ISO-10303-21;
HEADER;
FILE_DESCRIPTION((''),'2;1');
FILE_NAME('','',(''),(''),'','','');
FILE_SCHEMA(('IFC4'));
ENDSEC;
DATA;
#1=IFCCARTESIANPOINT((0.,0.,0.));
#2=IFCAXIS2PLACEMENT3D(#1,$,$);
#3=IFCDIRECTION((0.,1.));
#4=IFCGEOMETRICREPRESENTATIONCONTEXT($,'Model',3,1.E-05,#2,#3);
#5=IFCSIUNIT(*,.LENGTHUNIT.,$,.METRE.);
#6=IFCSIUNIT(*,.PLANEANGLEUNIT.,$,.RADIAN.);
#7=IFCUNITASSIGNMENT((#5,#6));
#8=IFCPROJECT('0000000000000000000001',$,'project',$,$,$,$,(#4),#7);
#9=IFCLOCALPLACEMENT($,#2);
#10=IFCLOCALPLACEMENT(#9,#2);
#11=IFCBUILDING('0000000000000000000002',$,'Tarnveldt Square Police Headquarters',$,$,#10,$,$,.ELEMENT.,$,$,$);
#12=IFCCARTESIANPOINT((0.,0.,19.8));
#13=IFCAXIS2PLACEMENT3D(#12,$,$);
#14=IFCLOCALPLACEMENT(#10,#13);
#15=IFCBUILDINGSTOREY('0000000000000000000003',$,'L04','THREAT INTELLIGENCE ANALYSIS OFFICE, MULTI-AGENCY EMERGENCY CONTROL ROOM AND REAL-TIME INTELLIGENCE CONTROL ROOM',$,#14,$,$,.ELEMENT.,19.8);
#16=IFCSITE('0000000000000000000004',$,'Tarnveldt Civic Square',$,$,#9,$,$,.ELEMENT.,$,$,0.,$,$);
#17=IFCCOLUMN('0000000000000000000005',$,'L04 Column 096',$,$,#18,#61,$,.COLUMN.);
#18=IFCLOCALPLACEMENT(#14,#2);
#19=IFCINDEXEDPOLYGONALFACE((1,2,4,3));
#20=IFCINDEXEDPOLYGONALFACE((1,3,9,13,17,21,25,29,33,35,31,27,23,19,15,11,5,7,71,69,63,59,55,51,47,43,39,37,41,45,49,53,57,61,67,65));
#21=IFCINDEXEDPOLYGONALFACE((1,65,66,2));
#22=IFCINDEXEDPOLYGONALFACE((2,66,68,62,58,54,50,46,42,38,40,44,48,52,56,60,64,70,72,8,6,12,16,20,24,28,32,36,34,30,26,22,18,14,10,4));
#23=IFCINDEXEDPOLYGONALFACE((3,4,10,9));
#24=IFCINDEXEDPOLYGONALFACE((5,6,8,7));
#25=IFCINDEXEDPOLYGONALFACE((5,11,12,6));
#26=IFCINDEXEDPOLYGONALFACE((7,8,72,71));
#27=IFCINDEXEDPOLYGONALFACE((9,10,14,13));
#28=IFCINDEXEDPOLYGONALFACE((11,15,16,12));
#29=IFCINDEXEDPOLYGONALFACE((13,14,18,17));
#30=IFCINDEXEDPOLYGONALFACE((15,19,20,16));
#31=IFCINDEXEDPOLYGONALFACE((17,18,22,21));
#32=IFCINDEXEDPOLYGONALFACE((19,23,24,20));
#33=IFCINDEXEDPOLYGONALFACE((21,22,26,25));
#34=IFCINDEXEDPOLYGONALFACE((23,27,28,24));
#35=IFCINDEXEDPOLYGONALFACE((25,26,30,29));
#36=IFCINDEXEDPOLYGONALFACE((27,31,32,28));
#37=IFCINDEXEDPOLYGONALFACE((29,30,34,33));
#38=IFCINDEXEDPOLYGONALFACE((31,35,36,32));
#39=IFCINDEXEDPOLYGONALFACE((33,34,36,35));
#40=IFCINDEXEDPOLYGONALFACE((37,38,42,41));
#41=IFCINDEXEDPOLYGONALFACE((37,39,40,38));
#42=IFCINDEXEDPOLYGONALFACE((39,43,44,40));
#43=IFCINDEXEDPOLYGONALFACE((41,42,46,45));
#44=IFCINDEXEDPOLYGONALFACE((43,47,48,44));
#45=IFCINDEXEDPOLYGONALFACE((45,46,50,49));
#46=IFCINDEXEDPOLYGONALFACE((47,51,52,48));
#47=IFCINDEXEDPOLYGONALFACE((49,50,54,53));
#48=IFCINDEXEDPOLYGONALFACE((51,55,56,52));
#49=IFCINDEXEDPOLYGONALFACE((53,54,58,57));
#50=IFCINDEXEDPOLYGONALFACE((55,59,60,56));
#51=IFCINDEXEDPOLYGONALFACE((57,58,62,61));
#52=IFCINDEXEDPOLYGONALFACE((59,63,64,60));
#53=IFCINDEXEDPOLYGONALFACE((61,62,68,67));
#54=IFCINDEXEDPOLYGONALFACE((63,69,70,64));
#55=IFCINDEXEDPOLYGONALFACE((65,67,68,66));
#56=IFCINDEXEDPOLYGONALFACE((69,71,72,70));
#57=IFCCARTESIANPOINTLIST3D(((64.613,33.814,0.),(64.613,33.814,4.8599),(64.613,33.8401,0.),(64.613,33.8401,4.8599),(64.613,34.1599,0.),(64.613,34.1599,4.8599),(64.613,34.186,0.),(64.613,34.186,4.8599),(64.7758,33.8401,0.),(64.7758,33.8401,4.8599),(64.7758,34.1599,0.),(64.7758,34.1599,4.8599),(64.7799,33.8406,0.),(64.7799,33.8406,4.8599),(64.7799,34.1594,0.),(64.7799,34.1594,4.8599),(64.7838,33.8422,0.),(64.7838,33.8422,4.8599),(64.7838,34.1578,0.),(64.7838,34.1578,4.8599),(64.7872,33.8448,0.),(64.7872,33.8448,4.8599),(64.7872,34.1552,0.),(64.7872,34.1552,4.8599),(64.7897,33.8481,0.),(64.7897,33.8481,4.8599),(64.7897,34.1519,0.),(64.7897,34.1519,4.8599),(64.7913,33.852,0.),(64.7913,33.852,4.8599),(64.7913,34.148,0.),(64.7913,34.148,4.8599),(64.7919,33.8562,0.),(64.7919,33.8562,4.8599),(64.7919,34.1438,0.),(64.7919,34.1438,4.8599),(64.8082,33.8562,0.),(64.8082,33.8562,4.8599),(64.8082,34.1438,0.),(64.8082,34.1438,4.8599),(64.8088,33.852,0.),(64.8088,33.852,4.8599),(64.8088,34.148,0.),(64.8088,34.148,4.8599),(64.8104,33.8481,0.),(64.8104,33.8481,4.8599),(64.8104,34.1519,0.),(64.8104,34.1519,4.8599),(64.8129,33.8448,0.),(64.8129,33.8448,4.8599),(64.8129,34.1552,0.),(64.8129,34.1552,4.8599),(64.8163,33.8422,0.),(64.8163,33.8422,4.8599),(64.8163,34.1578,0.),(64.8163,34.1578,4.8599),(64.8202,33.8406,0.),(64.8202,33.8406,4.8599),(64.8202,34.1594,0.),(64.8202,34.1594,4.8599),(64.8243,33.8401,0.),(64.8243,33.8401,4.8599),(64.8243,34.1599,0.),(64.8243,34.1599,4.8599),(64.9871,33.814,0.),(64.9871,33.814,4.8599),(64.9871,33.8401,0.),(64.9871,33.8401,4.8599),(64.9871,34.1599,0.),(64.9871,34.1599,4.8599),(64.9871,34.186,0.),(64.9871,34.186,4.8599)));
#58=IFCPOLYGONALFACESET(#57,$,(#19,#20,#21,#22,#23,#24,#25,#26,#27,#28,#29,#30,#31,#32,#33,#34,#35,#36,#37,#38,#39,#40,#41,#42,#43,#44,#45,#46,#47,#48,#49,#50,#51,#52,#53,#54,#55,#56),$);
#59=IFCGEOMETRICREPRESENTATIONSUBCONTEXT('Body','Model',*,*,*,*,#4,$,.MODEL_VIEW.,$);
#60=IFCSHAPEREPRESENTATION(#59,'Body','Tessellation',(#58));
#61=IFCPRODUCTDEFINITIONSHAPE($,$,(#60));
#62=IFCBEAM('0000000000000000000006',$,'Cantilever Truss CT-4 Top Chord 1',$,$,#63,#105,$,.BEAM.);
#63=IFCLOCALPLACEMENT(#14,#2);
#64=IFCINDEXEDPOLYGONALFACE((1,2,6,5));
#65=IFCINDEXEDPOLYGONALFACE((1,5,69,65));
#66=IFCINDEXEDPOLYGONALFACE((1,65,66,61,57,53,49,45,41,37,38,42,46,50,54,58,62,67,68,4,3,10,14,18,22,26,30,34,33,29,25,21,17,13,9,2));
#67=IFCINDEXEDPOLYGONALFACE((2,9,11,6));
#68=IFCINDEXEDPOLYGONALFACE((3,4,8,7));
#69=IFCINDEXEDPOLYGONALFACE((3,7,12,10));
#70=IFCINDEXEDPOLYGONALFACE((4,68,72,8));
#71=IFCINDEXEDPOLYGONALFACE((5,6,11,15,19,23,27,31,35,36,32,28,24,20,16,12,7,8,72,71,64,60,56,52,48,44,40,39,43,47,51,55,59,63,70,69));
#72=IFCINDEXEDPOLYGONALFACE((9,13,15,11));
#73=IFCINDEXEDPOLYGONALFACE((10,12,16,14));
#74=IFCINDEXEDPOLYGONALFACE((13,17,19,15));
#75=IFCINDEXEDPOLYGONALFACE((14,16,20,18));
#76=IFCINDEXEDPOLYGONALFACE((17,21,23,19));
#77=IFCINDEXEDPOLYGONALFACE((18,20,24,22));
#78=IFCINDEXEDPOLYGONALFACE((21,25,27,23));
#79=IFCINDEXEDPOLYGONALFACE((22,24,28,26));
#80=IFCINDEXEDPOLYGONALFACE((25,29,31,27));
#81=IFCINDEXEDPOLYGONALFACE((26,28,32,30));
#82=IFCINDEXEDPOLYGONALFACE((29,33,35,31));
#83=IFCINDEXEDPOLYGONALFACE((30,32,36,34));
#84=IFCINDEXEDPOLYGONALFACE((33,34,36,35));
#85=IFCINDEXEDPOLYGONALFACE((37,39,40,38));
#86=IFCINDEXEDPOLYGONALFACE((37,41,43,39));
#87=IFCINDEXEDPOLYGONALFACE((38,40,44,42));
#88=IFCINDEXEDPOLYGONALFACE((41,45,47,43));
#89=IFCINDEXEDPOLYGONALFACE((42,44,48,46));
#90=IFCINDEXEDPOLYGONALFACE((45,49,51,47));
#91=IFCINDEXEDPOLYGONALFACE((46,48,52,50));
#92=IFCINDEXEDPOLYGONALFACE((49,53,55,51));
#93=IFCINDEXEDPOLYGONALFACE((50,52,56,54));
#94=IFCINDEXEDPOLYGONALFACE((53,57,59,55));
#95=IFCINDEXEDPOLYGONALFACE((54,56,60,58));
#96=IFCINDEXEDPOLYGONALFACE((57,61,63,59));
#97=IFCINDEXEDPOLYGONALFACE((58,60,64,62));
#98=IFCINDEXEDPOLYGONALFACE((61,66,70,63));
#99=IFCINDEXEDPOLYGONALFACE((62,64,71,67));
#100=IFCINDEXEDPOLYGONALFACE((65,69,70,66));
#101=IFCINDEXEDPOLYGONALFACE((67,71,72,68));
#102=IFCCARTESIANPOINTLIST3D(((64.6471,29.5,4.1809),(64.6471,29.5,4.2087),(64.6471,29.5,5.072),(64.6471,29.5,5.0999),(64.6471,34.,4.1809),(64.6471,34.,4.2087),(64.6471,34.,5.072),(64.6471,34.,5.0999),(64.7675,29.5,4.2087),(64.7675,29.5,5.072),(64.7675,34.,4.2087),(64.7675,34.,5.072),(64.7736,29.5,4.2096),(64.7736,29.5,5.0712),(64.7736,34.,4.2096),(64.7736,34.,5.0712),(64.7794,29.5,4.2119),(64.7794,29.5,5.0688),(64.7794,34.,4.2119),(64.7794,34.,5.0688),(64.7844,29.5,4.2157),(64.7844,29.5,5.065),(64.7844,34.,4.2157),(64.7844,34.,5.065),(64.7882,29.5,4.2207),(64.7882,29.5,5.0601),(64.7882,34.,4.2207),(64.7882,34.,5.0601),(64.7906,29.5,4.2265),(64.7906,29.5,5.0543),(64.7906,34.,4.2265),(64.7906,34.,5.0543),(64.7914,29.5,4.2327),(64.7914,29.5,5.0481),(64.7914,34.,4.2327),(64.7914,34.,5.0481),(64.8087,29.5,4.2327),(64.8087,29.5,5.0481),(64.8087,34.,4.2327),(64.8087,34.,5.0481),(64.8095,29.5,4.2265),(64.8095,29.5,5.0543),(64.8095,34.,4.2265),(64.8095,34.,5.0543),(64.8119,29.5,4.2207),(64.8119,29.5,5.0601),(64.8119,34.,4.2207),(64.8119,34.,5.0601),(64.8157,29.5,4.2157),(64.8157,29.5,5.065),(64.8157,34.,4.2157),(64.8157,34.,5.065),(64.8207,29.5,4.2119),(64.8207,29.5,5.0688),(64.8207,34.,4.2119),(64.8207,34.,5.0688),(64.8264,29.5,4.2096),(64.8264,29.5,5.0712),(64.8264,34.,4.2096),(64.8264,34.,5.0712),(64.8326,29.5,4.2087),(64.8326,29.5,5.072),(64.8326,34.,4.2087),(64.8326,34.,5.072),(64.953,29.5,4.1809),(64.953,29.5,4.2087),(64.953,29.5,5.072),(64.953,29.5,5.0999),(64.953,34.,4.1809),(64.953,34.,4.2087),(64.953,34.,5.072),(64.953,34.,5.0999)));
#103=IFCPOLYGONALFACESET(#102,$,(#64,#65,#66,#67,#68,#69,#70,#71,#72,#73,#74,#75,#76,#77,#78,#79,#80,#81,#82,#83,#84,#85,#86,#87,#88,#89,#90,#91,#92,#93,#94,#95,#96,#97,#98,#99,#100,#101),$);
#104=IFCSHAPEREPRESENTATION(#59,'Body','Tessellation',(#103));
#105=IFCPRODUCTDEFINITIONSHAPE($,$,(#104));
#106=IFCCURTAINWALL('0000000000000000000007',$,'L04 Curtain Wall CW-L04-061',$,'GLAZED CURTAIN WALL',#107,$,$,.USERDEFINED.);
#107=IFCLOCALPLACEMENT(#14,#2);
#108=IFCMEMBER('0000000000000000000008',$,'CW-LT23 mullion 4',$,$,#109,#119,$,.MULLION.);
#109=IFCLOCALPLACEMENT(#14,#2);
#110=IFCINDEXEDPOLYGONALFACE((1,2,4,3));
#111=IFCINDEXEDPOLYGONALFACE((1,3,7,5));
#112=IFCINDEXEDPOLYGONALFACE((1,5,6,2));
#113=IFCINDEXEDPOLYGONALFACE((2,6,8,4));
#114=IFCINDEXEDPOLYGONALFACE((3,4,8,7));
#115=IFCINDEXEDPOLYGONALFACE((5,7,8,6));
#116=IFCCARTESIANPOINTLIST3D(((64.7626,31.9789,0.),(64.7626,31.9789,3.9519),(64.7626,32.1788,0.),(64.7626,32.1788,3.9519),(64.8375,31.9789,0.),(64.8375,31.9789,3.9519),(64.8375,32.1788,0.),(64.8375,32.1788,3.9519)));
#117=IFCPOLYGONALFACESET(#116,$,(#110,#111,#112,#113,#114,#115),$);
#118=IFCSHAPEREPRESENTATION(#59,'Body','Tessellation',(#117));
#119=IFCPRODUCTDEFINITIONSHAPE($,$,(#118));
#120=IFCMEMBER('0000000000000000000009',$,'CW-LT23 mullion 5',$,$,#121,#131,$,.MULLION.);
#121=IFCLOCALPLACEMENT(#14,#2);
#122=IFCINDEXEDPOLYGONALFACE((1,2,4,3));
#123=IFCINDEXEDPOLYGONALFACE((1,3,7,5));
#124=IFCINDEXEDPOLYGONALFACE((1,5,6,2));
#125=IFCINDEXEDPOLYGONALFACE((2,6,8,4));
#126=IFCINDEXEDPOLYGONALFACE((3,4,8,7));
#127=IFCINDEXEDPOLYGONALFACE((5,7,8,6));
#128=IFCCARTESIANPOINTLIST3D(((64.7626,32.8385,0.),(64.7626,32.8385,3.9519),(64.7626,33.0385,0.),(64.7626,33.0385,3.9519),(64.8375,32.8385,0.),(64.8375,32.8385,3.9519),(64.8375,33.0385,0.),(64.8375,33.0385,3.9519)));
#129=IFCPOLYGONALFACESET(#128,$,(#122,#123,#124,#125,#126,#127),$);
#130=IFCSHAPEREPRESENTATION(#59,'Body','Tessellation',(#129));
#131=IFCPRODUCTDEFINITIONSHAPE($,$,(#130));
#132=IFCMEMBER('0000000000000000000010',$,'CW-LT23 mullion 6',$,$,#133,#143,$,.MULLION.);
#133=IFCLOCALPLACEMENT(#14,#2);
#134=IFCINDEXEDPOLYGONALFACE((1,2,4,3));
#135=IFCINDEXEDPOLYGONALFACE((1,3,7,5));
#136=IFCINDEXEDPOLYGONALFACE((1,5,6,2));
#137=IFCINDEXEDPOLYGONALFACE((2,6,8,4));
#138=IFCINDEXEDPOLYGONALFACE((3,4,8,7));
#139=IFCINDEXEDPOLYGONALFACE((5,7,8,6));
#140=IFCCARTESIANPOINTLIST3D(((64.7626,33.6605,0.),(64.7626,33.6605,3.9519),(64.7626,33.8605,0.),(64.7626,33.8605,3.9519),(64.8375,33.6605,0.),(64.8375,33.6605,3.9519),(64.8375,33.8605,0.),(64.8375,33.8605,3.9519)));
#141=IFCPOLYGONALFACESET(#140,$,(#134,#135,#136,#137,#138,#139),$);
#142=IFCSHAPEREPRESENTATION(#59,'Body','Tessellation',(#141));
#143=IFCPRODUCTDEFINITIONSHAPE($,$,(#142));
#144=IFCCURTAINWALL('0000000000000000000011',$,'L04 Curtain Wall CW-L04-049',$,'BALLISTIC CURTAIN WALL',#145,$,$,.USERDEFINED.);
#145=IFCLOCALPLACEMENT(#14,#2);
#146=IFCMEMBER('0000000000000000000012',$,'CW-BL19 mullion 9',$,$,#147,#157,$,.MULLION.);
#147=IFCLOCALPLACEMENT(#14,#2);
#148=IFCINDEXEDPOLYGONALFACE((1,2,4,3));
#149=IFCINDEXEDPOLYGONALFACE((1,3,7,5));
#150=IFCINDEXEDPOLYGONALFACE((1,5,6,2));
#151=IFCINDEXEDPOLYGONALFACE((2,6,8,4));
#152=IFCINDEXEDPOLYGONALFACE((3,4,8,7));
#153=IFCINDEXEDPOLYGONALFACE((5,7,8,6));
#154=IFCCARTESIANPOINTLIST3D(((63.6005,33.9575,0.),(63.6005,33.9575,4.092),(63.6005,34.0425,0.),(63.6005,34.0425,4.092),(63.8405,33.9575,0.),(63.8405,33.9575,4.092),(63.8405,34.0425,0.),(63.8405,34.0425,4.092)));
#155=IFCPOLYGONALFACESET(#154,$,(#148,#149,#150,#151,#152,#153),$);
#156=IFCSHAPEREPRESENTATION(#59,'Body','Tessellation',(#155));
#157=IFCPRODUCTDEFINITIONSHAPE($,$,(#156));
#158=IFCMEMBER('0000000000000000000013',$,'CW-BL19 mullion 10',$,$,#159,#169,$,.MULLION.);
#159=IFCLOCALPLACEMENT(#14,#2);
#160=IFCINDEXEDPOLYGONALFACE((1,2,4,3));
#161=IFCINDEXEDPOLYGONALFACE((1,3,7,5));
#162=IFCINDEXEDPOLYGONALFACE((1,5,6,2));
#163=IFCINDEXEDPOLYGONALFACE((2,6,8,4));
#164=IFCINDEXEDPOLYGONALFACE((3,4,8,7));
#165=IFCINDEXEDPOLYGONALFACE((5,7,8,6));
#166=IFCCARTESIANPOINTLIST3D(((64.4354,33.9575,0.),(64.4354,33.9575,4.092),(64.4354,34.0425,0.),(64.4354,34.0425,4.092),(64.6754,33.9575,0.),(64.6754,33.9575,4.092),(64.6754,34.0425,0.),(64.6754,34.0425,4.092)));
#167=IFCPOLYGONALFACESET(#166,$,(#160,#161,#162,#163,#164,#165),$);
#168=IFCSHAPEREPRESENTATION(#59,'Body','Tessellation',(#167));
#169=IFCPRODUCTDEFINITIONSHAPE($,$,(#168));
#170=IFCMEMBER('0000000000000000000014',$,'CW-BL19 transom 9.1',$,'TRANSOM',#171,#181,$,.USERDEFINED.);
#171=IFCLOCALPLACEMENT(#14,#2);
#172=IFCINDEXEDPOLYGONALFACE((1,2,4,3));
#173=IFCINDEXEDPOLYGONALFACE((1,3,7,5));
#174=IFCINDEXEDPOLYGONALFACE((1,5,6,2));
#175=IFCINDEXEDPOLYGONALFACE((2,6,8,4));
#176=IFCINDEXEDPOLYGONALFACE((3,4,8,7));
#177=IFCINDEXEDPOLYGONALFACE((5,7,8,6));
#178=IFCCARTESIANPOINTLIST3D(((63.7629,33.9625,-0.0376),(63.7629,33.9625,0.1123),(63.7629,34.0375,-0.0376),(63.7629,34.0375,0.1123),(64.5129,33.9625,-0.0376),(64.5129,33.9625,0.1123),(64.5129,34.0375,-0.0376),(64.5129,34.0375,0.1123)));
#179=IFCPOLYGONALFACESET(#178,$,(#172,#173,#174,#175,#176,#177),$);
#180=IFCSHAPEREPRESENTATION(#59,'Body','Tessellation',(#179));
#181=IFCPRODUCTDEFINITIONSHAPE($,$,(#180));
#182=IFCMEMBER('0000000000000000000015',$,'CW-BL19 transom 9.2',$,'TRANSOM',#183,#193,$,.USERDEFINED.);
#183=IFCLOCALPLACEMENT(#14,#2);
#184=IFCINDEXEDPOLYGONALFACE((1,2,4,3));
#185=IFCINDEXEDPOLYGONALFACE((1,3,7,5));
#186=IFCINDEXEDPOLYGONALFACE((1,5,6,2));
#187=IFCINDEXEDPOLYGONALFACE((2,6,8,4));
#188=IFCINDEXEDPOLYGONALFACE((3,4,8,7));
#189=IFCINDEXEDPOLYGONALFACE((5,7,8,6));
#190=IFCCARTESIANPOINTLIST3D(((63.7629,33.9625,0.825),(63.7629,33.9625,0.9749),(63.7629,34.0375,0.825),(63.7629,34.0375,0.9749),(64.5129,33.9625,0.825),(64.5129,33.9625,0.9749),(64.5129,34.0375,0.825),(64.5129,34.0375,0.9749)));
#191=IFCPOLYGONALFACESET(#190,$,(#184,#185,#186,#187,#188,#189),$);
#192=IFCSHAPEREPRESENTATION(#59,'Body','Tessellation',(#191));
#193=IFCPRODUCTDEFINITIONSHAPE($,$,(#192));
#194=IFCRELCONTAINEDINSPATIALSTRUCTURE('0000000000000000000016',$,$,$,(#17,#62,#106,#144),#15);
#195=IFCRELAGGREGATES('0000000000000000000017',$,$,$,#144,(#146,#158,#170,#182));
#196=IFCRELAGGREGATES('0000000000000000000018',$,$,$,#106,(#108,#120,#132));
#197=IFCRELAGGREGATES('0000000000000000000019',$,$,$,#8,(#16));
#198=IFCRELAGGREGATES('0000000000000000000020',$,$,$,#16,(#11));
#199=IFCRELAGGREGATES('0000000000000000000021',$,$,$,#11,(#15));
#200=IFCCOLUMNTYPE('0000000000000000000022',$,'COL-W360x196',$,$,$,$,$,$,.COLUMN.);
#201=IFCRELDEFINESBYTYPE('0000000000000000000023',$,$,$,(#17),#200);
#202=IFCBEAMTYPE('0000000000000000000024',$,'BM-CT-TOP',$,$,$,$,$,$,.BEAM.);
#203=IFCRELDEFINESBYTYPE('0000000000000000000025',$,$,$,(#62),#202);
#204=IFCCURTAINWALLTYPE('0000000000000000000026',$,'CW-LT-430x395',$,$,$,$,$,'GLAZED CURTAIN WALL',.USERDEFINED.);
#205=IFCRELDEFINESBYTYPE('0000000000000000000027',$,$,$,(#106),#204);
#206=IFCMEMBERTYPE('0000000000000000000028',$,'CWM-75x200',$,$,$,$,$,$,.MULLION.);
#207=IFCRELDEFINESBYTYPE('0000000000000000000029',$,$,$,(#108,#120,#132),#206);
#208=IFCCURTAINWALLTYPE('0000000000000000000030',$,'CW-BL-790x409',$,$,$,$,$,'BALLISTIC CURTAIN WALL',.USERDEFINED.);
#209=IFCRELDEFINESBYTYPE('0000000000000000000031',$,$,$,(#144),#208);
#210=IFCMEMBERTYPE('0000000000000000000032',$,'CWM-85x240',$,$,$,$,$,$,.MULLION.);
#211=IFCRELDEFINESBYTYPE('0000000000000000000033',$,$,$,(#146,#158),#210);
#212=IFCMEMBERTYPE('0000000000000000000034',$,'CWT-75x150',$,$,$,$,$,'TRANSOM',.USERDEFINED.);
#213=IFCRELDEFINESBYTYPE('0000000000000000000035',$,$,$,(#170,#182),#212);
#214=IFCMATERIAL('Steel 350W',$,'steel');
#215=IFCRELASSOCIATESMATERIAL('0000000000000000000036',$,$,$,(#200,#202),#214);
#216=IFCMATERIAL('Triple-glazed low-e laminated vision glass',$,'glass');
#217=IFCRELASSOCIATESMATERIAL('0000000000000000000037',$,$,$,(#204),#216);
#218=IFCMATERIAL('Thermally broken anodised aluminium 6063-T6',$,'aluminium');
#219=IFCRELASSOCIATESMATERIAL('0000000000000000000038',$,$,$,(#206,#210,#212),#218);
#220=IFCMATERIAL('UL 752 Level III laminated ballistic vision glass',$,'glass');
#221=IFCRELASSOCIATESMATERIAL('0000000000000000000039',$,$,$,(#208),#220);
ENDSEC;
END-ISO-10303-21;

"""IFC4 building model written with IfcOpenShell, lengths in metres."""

from ifc_helpers import new_model, si_unit, direction, frame, origin, origin_2d, place, context, subcontext, project, spatial, rectangle, i_section, extrude, material, material_profile, profile_set, type_object, element, aggregate, save


model = new_model("IFC4")

# Units and contexts
model_context = context("Model", 3, precision=1e-05, world=origin(), true_north=direction((0.0, 1.0)))
body_context = subcontext(model_context, "Body", "Model", "MODEL_VIEW")
ifc_project = project(units=[si_unit("LENGTHUNIT", "METRE"), si_unit("PLANEANGLEUNIT", "RADIAN")], contexts=[model_context])

# Site, building, storey
site_placement = place(None, origin())
site = spatial("IfcSite", under=ifc_project, at=site_placement, Name="Tarnveldt Civic Square", CompositionType="ELEMENT", RefElevation=0.0)
building_placement = place(site_placement, origin())
building = spatial("IfcBuilding", under=site, at=building_placement, Name="Tarnveldt Square Police Headquarters", CompositionType="ELEMENT")
storey_placement = place(building_placement, frame((0.0, 0.0, 19.8)))
storey = spatial("IfcBuildingStorey", under=building, at=storey_placement, Name="L04", Description="THREAT INTELLIGENCE ANALYSIS OFFICE, MULTI-AGENCY EMERGENCY CONTROL ROOM AND REAL-TIME INTELLIGENCE CONTROL ROOM", CompositionType="ELEMENT", Elevation=19.8)

# Column
ifc_material_1 = material(Name="Steel 350W", Category="steel")
ifc_material_profile_1 = material_profile(ifc_material_1, i_section(OverallWidth=0.374, OverallDepth=0.3721, WebThickness=0.0164, FlangeThickness=0.0261, FilletRadius=0.0161, at=origin_2d()), Name="W360x196")
ifc_profile_set_1 = profile_set([ifc_material_profile_1], Name="Steel 350W")
column_type = type_object("IfcColumnType", Name="COL-W360x196", PredefinedType="COLUMN", material=ifc_profile_set_1)
column_placement = place(storey_placement, frame((64.8, 34.0, 0.0), z_axis=(0.0, 0.0, 1.0), x_axis=(1.0, 0.0, 0.0)))
element("IfcColumn", 1, at=column_placement, inside=storey, type_object=column_type, Name="L04 Column 096", PredefinedType="COLUMN", context=body_context, shape_type="SweptSolid", body=[
    extrude(i_section(OverallWidth=0.374, OverallDepth=0.3721, WebThickness=0.0164, FlangeThickness=0.0261, FilletRadius=0.0161, at=origin_2d()), origin(), (0.0, 0.0, 1.0), 4.8599),
])

# Beam
ifc_material_profile_2 = material_profile(ifc_material_1, i_section(OverallWidth=0.3059, OverallDepth=0.9189, WebThickness=0.0173, FlangeThickness=0.0278, FilletRadius=0.0239, at=origin_2d()), Name="W920x253")
ifc_profile_set_2 = profile_set([ifc_material_profile_2], Name="Steel 350W")
beam_type = type_object("IfcBeamType", Name="BM-CT-TOP", PredefinedType="BEAM", material=ifc_profile_set_2)
beam_placement = place(storey_placement, frame((64.8, 34.0, 4.6404), z_axis=(0.0, -1.0, 0.0), x_axis=(1.0, 0.0, 0.0)))
element("IfcBeam", 2, at=beam_placement, inside=storey, type_object=beam_type, Name="Cantilever Truss CT-4 Top Chord 1", PredefinedType="BEAM", context=body_context, shape_type="SweptSolid", body=[
    extrude(i_section(OverallWidth=0.3059, OverallDepth=0.9189, WebThickness=0.0173, FlangeThickness=0.0278, FilletRadius=0.0239, at=origin_2d()), origin(), (0.0, 0.0, 1.0), 4.5),
])

# Curtain walls, members
ifc_material_2 = material(Name="Triple-glazed low-e laminated vision glass", Category="glass")
curtain_wall_type_1 = type_object("IfcCurtainWallType", Name="CW-LT-430x395", ElementType="GLAZED CURTAIN WALL", PredefinedType="USERDEFINED", material=ifc_material_2)
curtain_wall_1_placement = place(storey_placement, origin())
curtain_wall_1 = element("IfcCurtainWall", 3, at=curtain_wall_1_placement, inside=storey, type_object=curtain_wall_type_1, Name="L04 Curtain Wall CW-L04-061", ObjectType="GLAZED CURTAIN WALL", PredefinedType="USERDEFINED")
ifc_material_3 = material(Name="Thermally broken anodised aluminium 6063-T6", Category="aluminium")
ifc_material_profile_3 = material_profile(ifc_material_3, rectangle(XDim=0.075, YDim=0.2, at=origin_2d()), Name="CW-M75x200")
ifc_profile_set_3 = profile_set([ifc_material_profile_3], Name="Thermally broken anodised aluminium 6063-T6")
member_type_1 = type_object("IfcMemberType", Name="CWM-75x200", PredefinedType="MULLION", material=ifc_profile_set_3)
member_1_placement = place(storey_placement, frame((64.8, 32.0789, 0.0), z_axis=(0.0, 0.0, 1.0), x_axis=(-1.0, 0.0, 0.0)))
member_1 = element("IfcMember", 4, at=member_1_placement, type_object=member_type_1, Name="CW-LT23 mullion 4", PredefinedType="MULLION", context=body_context, shape_type="SweptSolid", body=[
    extrude(rectangle(XDim=0.075, YDim=0.2, at=origin_2d()), origin(), (0.0, 0.0, 1.0), 3.9519),
])
member_2_placement = place(storey_placement, frame((64.8, 32.9385, 0.0), z_axis=(0.0, 0.0, 1.0), x_axis=(-1.0, 0.0, 0.0)))
member_2 = element("IfcMember", 5, at=member_2_placement, type_object=member_type_1, Name="CW-LT23 mullion 5", PredefinedType="MULLION", context=body_context, shape_type="SweptSolid", body=[
    extrude(rectangle(XDim=0.075, YDim=0.2, at=origin_2d()), origin(), (0.0, 0.0, 1.0), 3.9519),
])
member_3_placement = place(storey_placement, frame((64.8, 33.7605, 0.0), z_axis=(0.0, 0.0, 1.0), x_axis=(-1.0, 0.0, 0.0)))
member_3 = element("IfcMember", 6, at=member_3_placement, type_object=member_type_1, Name="CW-LT23 mullion 6", PredefinedType="MULLION", context=body_context, shape_type="SweptSolid", body=[
    extrude(rectangle(XDim=0.075, YDim=0.2, at=origin_2d()), origin(), (0.0, 0.0, 1.0), 3.9519),
])
ifc_material_4 = material(Name="UL 752 Level III laminated ballistic vision glass", Category="glass")
curtain_wall_type_2 = type_object("IfcCurtainWallType", Name="CW-BL-790x409", ElementType="BALLISTIC CURTAIN WALL", PredefinedType="USERDEFINED", material=ifc_material_4)
curtain_wall_2_placement = place(storey_placement, origin())
curtain_wall_2 = element("IfcCurtainWall", 7, at=curtain_wall_2_placement, inside=storey, type_object=curtain_wall_type_2, Name="L04 Curtain Wall CW-L04-049", ObjectType="BALLISTIC CURTAIN WALL", PredefinedType="USERDEFINED")
ifc_material_profile_4 = material_profile(ifc_material_3, rectangle(XDim=0.085, YDim=0.24, at=origin_2d()), Name="CW-M85x240")
ifc_profile_set_4 = profile_set([ifc_material_profile_4], Name="Thermally broken anodised aluminium 6063-T6")
member_type_2 = type_object("IfcMemberType", Name="CWM-85x240", PredefinedType="MULLION", material=ifc_profile_set_4)
member_4_placement = place(storey_placement, frame((63.7205, 34.0, 0.0), z_axis=(0.0, 0.0, 1.0), x_axis=(0.0, 1.0, 0.0)))
member_4 = element("IfcMember", 8, at=member_4_placement, type_object=member_type_2, Name="CW-BL19 mullion 9", PredefinedType="MULLION", context=body_context, shape_type="SweptSolid", body=[
    extrude(rectangle(XDim=0.085, YDim=0.24, at=origin_2d()), origin(), (0.0, 0.0, 1.0), 4.092),
])
member_5_placement = place(storey_placement, frame((64.5554, 34.0, 0.0), z_axis=(0.0, 0.0, 1.0), x_axis=(0.0, 1.0, 0.0)))
member_5 = element("IfcMember", 9, at=member_5_placement, type_object=member_type_2, Name="CW-BL19 mullion 10", PredefinedType="MULLION", context=body_context, shape_type="SweptSolid", body=[
    extrude(rectangle(XDim=0.085, YDim=0.24, at=origin_2d()), origin(), (0.0, 0.0, 1.0), 4.092),
])
ifc_material_profile_5 = material_profile(ifc_material_3, rectangle(XDim=0.075, YDim=0.1499, at=origin_2d()), Name="CW-T75x150")
ifc_profile_set_5 = profile_set([ifc_material_profile_5], Name="Thermally broken anodised aluminium 6063-T6")
member_type_3 = type_object("IfcMemberType", Name="CWT-75x150", ElementType="TRANSOM", PredefinedType="USERDEFINED", material=ifc_profile_set_5)
member_6_placement = place(storey_placement, frame((63.7629, 34.0, 0.0374), z_axis=(1.0, 0.0, 0.0), x_axis=(0.0, 1.0, 0.0)))
member_6 = element("IfcMember", 10, at=member_6_placement, type_object=member_type_3, Name="CW-BL19 transom 9.1", ObjectType="TRANSOM", PredefinedType="USERDEFINED", context=body_context, shape_type="SweptSolid", body=[
    extrude(rectangle(XDim=0.075, YDim=0.1499, at=origin_2d()), origin(), (0.0, 0.0, 1.0), 0.75),
])
member_7_placement = place(storey_placement, frame((63.7629, 34.0, 0.8999), z_axis=(1.0, 0.0, 0.0), x_axis=(0.0, 1.0, 0.0)))
member_7 = element("IfcMember", 11, at=member_7_placement, type_object=member_type_3, Name="CW-BL19 transom 9.2", ObjectType="TRANSOM", PredefinedType="USERDEFINED", context=body_context, shape_type="SweptSolid", body=[
    extrude(rectangle(XDim=0.075, YDim=0.1499, at=origin_2d()), origin(), (0.0, 0.0, 1.0), 0.75),
])

aggregate(curtain_wall_2, [member_4, member_5, member_6, member_7])
aggregate(curtain_wall_1, [member_1, member_2, member_3])

save(model, "model.ifc")
